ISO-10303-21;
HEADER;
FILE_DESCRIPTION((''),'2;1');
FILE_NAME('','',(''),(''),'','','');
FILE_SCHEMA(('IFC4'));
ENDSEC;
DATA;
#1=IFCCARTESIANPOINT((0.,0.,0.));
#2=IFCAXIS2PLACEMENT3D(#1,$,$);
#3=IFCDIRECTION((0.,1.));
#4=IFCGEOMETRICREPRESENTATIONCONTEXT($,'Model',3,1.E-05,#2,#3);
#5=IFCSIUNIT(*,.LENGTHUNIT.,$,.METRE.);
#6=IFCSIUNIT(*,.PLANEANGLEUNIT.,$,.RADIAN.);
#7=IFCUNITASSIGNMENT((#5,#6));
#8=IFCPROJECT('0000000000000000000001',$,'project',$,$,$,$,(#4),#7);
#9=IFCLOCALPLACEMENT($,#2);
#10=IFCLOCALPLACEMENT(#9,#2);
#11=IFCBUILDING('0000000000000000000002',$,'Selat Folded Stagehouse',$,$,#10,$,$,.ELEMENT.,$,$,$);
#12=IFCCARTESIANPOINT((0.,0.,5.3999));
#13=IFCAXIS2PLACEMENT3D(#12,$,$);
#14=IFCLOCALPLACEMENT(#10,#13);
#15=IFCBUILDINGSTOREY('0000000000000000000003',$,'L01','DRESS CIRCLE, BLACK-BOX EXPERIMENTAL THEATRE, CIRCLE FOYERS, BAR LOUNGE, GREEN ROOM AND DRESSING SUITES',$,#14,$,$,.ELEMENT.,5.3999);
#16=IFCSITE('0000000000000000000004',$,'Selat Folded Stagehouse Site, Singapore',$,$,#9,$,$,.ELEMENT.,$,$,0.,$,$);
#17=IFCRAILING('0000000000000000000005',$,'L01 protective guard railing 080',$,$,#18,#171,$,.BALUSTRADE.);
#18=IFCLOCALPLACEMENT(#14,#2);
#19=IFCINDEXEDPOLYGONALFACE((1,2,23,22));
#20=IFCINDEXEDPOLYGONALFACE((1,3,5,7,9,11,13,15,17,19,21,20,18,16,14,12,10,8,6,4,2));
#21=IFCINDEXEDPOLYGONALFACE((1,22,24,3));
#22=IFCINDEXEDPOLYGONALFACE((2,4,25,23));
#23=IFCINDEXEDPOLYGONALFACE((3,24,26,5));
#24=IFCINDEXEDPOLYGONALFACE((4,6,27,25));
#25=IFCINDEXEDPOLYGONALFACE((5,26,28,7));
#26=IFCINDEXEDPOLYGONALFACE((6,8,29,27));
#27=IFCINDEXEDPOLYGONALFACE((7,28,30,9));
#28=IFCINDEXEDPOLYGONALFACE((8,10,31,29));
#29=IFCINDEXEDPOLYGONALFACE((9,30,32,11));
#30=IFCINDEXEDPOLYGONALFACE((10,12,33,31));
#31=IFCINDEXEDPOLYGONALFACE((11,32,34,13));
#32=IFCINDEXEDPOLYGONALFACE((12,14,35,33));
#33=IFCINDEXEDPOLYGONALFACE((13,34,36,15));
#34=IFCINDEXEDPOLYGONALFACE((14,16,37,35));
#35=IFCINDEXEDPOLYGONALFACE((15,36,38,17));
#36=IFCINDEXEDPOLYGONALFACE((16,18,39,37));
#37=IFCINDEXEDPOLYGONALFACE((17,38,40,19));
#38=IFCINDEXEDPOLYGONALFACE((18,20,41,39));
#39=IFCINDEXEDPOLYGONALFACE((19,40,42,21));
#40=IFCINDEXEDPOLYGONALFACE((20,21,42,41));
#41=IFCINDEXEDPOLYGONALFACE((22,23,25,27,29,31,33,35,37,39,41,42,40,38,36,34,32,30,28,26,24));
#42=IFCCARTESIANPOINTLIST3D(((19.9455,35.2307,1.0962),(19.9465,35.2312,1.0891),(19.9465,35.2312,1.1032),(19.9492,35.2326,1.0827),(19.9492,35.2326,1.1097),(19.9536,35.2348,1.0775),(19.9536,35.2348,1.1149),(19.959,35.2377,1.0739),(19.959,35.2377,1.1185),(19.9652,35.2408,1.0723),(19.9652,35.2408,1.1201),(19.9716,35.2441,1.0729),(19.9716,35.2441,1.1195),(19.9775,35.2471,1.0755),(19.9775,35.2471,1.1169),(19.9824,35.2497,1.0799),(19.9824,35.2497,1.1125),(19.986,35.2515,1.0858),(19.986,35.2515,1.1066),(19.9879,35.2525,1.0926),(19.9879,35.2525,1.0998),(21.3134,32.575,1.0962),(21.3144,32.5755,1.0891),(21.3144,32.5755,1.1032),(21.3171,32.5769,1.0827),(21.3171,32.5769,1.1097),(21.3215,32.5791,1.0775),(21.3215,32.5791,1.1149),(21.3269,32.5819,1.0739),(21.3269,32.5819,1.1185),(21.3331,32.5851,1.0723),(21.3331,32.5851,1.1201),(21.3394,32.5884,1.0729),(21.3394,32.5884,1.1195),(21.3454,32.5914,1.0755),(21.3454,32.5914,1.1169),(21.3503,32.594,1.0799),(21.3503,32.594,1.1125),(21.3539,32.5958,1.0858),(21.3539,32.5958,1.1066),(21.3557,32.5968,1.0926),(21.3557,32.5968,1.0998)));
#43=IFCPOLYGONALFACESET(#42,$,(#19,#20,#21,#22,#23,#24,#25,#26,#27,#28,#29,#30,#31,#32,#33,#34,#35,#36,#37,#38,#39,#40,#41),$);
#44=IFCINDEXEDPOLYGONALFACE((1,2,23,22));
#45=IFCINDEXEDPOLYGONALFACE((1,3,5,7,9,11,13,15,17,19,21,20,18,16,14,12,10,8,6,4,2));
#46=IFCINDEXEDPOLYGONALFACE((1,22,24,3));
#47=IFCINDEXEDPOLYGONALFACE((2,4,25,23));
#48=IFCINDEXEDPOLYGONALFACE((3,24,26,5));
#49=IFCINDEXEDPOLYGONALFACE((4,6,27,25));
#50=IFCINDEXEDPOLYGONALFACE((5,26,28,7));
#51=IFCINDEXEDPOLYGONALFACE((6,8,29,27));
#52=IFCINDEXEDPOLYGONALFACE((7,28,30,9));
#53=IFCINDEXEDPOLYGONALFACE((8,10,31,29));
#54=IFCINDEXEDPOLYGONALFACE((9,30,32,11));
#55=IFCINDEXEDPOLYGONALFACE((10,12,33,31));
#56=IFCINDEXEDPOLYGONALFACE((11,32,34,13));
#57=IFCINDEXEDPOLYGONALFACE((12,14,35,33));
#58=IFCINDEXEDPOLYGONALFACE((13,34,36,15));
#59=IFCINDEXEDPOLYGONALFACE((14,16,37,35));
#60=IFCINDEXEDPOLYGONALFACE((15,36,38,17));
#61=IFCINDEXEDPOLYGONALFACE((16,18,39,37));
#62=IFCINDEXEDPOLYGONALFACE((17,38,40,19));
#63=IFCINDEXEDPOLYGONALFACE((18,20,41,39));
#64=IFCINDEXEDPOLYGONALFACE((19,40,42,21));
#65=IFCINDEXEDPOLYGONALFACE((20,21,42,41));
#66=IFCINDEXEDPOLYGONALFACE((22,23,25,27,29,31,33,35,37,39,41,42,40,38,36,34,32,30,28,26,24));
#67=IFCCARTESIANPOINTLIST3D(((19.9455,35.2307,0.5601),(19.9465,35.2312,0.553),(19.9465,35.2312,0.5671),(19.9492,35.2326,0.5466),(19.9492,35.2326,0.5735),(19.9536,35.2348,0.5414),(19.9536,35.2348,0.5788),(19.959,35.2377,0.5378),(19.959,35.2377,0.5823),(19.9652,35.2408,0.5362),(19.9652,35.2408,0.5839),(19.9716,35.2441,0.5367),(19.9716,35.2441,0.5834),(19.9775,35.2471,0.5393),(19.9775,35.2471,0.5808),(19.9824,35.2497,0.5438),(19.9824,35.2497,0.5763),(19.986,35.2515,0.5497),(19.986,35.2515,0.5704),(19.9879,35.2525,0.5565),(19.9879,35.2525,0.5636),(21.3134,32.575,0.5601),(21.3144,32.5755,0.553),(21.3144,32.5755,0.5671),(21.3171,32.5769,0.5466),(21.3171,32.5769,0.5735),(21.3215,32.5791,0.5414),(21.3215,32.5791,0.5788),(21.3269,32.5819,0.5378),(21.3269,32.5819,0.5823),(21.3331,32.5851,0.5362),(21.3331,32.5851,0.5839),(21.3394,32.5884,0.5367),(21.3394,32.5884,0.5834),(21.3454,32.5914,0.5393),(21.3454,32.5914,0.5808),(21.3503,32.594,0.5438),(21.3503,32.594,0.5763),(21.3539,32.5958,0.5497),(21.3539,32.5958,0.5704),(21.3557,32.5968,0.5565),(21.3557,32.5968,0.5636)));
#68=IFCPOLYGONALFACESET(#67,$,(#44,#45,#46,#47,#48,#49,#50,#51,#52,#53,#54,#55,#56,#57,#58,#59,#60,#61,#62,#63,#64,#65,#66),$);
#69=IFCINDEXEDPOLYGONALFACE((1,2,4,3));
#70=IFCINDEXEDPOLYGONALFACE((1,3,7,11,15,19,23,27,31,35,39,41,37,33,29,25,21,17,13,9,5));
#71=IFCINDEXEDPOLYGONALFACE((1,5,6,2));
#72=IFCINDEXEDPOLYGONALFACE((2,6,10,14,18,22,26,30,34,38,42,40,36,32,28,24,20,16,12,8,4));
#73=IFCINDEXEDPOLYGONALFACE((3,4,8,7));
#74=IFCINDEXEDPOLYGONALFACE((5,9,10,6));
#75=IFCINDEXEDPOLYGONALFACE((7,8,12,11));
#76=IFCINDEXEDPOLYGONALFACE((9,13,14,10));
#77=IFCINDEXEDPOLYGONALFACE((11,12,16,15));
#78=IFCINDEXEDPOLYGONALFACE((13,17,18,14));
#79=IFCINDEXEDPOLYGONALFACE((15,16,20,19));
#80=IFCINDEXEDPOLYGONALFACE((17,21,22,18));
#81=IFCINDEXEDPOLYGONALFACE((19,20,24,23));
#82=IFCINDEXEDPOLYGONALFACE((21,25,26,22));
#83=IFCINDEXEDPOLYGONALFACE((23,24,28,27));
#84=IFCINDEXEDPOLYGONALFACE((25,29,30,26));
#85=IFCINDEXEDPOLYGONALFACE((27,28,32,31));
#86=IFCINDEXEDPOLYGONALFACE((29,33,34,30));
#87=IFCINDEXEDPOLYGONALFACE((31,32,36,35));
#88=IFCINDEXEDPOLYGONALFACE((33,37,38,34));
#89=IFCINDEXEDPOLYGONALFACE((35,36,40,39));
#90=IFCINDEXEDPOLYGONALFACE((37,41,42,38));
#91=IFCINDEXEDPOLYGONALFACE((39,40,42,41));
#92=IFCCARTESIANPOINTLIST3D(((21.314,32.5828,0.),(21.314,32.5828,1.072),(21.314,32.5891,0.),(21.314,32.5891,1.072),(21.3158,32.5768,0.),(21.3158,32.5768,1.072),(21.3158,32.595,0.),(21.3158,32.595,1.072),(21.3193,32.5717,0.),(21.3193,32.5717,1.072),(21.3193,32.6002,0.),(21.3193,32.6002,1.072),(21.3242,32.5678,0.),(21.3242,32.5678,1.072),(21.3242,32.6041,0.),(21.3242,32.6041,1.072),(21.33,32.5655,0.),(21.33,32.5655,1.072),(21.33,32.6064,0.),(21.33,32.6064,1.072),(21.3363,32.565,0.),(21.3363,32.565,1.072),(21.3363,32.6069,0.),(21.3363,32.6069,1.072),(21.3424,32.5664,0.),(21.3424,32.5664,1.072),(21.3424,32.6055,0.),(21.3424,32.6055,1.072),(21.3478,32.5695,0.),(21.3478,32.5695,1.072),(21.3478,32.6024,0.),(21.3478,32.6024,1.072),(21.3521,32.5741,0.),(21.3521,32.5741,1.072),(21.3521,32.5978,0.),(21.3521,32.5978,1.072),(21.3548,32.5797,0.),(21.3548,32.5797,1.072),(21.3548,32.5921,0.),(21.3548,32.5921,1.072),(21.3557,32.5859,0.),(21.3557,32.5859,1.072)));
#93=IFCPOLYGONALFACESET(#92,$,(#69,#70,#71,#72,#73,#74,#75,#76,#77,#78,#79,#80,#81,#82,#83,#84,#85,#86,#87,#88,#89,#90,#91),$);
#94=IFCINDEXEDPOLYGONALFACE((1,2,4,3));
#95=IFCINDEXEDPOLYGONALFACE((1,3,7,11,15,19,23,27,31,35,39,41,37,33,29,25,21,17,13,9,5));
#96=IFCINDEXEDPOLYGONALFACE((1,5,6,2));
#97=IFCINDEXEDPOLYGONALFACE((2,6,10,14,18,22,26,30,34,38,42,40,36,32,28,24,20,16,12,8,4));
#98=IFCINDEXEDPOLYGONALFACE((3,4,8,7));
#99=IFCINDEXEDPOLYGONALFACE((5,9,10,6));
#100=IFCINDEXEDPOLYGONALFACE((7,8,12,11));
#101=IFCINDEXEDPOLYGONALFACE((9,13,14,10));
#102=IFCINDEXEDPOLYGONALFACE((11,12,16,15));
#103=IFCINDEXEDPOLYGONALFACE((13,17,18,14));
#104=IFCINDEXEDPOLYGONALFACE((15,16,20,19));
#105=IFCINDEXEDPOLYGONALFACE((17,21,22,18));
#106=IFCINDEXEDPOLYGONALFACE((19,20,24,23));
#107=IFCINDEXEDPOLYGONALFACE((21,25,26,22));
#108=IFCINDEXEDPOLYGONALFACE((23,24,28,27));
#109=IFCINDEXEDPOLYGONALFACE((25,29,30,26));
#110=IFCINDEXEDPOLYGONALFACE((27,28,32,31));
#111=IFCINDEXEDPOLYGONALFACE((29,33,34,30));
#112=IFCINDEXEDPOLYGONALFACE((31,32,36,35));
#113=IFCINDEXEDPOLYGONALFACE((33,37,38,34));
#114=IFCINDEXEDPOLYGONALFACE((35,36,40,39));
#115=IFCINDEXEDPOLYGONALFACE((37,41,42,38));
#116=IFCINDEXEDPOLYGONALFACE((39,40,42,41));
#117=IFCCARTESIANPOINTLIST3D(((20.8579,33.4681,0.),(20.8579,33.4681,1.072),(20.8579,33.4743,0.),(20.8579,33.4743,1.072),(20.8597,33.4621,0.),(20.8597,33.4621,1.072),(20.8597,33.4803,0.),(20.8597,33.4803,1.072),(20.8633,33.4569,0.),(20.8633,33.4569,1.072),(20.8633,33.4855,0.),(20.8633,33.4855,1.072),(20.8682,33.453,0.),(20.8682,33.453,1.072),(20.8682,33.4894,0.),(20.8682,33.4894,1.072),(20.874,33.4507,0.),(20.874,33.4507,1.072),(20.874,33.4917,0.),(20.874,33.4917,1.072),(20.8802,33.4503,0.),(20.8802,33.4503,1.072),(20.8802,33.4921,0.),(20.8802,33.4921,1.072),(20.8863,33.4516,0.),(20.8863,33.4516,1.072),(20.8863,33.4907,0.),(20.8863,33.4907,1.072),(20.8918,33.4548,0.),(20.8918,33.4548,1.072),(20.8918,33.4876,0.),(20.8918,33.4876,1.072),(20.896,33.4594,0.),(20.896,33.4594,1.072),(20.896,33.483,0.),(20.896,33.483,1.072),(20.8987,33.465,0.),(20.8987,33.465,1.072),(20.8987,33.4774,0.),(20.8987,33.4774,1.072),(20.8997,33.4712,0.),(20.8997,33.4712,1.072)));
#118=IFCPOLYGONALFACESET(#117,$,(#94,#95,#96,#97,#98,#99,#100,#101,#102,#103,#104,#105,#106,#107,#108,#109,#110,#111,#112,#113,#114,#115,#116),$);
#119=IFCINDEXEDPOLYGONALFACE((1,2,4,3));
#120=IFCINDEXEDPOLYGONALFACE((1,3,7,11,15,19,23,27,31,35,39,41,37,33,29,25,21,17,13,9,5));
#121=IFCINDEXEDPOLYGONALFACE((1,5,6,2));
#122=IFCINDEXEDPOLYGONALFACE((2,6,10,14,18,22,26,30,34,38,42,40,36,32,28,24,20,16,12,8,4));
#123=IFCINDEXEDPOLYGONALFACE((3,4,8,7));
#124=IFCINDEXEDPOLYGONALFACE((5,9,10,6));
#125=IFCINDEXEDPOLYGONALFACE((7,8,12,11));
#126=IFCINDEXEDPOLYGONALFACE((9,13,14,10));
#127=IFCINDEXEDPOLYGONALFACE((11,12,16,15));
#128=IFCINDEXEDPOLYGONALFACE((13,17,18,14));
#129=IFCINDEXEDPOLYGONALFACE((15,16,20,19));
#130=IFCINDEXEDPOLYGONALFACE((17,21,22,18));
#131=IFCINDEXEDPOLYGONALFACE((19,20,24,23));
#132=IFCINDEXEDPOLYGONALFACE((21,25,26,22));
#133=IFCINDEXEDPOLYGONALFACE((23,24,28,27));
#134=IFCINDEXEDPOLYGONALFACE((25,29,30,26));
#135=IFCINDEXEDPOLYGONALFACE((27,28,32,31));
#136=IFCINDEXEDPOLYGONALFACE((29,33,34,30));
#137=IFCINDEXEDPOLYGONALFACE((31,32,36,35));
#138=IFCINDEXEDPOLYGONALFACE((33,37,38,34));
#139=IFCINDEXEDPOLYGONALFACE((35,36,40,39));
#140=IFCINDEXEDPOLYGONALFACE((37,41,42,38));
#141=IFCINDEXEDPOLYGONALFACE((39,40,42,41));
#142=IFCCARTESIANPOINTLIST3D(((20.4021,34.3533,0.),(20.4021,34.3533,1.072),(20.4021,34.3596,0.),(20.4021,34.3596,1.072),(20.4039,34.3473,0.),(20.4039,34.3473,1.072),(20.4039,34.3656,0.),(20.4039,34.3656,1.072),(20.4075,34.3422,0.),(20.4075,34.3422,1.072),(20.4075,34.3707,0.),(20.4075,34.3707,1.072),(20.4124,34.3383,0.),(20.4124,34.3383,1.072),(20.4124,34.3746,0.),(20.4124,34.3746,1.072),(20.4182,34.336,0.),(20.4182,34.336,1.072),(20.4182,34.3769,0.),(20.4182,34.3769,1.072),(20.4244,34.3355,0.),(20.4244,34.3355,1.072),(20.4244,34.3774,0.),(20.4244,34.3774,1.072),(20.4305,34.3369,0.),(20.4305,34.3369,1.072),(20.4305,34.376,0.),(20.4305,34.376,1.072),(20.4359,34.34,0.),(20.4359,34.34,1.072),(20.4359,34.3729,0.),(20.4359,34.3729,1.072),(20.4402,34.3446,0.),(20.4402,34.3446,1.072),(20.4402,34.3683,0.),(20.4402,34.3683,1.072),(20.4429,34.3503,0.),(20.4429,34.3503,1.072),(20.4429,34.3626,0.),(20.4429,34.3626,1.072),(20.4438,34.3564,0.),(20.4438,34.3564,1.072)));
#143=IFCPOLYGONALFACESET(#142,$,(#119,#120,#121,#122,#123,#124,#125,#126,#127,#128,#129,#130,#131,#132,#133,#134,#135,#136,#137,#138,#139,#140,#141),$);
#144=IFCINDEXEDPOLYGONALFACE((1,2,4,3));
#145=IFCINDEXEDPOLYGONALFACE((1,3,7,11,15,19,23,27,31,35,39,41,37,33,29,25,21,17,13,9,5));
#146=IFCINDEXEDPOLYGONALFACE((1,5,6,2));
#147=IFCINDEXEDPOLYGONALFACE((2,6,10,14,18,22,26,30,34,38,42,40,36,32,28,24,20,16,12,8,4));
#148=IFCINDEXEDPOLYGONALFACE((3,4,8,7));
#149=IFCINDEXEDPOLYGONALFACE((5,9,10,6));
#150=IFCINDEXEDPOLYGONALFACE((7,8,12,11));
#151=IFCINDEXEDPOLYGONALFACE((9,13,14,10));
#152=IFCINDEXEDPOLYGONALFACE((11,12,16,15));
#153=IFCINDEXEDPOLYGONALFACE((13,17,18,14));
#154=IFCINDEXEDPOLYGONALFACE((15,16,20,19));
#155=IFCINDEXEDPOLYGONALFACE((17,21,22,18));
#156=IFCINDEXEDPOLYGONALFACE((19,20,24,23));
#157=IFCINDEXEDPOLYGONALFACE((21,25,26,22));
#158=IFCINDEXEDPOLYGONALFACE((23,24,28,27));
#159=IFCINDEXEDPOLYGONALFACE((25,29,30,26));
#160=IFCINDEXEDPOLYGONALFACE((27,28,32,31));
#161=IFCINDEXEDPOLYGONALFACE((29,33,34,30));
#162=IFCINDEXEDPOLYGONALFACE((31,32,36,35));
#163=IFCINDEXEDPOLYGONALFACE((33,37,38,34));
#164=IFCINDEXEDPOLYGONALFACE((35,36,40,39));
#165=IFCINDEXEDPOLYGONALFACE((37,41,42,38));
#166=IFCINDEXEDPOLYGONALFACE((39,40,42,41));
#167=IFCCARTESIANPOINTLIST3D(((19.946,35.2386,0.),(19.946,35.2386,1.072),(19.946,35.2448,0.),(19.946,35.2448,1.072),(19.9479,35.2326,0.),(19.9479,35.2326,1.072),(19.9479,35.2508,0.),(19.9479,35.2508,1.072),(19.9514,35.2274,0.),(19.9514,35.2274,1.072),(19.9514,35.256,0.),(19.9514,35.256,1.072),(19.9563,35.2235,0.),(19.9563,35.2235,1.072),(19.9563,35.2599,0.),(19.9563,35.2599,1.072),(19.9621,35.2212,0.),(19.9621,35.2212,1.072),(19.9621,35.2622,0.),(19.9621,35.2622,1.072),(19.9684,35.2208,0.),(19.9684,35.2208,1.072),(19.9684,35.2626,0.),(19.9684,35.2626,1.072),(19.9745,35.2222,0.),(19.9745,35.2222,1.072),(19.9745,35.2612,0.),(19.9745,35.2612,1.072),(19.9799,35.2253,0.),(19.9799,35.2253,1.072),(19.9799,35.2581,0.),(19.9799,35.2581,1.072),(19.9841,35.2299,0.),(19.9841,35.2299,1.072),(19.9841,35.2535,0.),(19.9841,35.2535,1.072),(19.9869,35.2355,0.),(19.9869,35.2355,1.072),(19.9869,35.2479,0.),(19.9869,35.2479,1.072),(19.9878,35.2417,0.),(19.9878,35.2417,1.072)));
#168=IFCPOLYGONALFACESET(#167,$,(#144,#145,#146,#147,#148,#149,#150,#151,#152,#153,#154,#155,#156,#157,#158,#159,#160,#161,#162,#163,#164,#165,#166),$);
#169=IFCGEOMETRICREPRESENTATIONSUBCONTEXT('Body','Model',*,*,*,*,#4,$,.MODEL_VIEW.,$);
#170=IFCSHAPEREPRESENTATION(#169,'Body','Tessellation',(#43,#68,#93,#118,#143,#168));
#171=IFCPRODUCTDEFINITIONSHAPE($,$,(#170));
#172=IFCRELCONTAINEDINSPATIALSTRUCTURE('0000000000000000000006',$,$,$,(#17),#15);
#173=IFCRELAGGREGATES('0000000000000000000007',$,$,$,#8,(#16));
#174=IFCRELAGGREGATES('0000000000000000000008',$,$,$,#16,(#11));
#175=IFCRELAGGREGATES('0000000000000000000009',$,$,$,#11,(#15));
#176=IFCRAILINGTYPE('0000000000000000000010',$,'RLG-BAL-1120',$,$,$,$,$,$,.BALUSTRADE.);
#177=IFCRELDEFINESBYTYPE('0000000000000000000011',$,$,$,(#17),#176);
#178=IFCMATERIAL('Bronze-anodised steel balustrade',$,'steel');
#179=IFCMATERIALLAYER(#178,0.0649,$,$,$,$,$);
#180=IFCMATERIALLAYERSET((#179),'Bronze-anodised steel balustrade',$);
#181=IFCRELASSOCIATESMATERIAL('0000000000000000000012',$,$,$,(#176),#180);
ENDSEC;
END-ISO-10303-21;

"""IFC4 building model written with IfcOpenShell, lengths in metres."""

from ifc_helpers import new_model, si_unit, direction, frame, origin, origin_2d, place, context, subcontext, project, spatial, circle, extrude, material, layer, layer_set, type_object, element, save


model = new_model("IFC4")

# Units and contexts
model_context = context("Model", 3, precision=1e-05, world=origin(), true_north=direction((0.0, 1.0)))
body_context = subcontext(model_context, "Body", "Model", "MODEL_VIEW")
ifc_project = project(units=[si_unit("LENGTHUNIT", "METRE"), si_unit("PLANEANGLEUNIT", "RADIAN")], contexts=[model_context])

# Site, building, storey
site_placement = place(None, origin())
site = spatial("IfcSite", under=ifc_project, at=site_placement, Name="Selat Folded Stagehouse Site, Singapore", CompositionType="ELEMENT", RefElevation=0.0)
building_placement = place(site_placement, origin())
building = spatial("IfcBuilding", under=site, at=building_placement, Name="Selat Folded Stagehouse", CompositionType="ELEMENT")
storey_placement = place(building_placement, frame((0.0, 0.0, 5.3999)))
storey = spatial("IfcBuildingStorey", under=building, at=storey_placement, Name="L01", Description="DRESS CIRCLE, BLACK-BOX EXPERIMENTAL THEATRE, CIRCLE FOYERS, BAR LOUNGE, GREEN ROOM AND DRESSING SUITES", CompositionType="ELEMENT", Elevation=5.3999)

# Railing
ifc_material_1 = material(Name="Bronze-anodised steel balustrade", Category="steel")
ifc_layer_1 = layer(ifc_material_1, 0.0649)
ifc_layer_set_1 = layer_set([ifc_layer_1], Name="Bronze-anodised steel balustrade")
railing_type = type_object("IfcRailingType", Name="RLG-BAL-1120", PredefinedType="BALUSTRADE", material=ifc_layer_set_1)
railing_1_placement = place(storey_placement, frame((21.3347, 32.5859, 0.0)))
element("IfcRailing", 1, at=railing_1_placement, inside=storey, type_object=railing_type, Name="L01 protective guard railing 080", PredefinedType="BALUSTRADE", context=body_context, shape_type="SweptSolid", body=[
    extrude(circle(Radius=0.0239, at=origin_2d()), frame((0.0, 0.0, 1.0962), z_axis=(-0.457904, 0.889002, 0.0), x_axis=(-0.889002, -0.457904, 0.0)), (0.0, 0.0, 1.0), 2.9873),
    extrude(circle(Radius=0.0239, at=origin_2d()), frame((0.0, 0.0, 0.5601), z_axis=(-0.457904, 0.889002, 0.0), x_axis=(-0.889002, -0.457904, 0.0)), (0.0, 0.0, 1.0), 2.9873),
    extrude(circle(Radius=0.021, at=origin_2d()), origin(), (0.0, 0.0, 1.0), 1.072),
    extrude(circle(Radius=0.021, at=origin_2d()), frame((-0.4561, 0.8853, 0.0)), (0.0, 0.0, 1.0), 1.072),
    extrude(circle(Radius=0.021, at=origin_2d()), frame((-0.9119, 1.7705, 0.0)), (0.0, 0.0, 1.0), 1.072),
    extrude(circle(Radius=0.021, at=origin_2d()), frame((-1.3679, 2.6558, 0.0)), (0.0, 0.0, 1.0), 1.072),
])

save(model, "model.ifc")
